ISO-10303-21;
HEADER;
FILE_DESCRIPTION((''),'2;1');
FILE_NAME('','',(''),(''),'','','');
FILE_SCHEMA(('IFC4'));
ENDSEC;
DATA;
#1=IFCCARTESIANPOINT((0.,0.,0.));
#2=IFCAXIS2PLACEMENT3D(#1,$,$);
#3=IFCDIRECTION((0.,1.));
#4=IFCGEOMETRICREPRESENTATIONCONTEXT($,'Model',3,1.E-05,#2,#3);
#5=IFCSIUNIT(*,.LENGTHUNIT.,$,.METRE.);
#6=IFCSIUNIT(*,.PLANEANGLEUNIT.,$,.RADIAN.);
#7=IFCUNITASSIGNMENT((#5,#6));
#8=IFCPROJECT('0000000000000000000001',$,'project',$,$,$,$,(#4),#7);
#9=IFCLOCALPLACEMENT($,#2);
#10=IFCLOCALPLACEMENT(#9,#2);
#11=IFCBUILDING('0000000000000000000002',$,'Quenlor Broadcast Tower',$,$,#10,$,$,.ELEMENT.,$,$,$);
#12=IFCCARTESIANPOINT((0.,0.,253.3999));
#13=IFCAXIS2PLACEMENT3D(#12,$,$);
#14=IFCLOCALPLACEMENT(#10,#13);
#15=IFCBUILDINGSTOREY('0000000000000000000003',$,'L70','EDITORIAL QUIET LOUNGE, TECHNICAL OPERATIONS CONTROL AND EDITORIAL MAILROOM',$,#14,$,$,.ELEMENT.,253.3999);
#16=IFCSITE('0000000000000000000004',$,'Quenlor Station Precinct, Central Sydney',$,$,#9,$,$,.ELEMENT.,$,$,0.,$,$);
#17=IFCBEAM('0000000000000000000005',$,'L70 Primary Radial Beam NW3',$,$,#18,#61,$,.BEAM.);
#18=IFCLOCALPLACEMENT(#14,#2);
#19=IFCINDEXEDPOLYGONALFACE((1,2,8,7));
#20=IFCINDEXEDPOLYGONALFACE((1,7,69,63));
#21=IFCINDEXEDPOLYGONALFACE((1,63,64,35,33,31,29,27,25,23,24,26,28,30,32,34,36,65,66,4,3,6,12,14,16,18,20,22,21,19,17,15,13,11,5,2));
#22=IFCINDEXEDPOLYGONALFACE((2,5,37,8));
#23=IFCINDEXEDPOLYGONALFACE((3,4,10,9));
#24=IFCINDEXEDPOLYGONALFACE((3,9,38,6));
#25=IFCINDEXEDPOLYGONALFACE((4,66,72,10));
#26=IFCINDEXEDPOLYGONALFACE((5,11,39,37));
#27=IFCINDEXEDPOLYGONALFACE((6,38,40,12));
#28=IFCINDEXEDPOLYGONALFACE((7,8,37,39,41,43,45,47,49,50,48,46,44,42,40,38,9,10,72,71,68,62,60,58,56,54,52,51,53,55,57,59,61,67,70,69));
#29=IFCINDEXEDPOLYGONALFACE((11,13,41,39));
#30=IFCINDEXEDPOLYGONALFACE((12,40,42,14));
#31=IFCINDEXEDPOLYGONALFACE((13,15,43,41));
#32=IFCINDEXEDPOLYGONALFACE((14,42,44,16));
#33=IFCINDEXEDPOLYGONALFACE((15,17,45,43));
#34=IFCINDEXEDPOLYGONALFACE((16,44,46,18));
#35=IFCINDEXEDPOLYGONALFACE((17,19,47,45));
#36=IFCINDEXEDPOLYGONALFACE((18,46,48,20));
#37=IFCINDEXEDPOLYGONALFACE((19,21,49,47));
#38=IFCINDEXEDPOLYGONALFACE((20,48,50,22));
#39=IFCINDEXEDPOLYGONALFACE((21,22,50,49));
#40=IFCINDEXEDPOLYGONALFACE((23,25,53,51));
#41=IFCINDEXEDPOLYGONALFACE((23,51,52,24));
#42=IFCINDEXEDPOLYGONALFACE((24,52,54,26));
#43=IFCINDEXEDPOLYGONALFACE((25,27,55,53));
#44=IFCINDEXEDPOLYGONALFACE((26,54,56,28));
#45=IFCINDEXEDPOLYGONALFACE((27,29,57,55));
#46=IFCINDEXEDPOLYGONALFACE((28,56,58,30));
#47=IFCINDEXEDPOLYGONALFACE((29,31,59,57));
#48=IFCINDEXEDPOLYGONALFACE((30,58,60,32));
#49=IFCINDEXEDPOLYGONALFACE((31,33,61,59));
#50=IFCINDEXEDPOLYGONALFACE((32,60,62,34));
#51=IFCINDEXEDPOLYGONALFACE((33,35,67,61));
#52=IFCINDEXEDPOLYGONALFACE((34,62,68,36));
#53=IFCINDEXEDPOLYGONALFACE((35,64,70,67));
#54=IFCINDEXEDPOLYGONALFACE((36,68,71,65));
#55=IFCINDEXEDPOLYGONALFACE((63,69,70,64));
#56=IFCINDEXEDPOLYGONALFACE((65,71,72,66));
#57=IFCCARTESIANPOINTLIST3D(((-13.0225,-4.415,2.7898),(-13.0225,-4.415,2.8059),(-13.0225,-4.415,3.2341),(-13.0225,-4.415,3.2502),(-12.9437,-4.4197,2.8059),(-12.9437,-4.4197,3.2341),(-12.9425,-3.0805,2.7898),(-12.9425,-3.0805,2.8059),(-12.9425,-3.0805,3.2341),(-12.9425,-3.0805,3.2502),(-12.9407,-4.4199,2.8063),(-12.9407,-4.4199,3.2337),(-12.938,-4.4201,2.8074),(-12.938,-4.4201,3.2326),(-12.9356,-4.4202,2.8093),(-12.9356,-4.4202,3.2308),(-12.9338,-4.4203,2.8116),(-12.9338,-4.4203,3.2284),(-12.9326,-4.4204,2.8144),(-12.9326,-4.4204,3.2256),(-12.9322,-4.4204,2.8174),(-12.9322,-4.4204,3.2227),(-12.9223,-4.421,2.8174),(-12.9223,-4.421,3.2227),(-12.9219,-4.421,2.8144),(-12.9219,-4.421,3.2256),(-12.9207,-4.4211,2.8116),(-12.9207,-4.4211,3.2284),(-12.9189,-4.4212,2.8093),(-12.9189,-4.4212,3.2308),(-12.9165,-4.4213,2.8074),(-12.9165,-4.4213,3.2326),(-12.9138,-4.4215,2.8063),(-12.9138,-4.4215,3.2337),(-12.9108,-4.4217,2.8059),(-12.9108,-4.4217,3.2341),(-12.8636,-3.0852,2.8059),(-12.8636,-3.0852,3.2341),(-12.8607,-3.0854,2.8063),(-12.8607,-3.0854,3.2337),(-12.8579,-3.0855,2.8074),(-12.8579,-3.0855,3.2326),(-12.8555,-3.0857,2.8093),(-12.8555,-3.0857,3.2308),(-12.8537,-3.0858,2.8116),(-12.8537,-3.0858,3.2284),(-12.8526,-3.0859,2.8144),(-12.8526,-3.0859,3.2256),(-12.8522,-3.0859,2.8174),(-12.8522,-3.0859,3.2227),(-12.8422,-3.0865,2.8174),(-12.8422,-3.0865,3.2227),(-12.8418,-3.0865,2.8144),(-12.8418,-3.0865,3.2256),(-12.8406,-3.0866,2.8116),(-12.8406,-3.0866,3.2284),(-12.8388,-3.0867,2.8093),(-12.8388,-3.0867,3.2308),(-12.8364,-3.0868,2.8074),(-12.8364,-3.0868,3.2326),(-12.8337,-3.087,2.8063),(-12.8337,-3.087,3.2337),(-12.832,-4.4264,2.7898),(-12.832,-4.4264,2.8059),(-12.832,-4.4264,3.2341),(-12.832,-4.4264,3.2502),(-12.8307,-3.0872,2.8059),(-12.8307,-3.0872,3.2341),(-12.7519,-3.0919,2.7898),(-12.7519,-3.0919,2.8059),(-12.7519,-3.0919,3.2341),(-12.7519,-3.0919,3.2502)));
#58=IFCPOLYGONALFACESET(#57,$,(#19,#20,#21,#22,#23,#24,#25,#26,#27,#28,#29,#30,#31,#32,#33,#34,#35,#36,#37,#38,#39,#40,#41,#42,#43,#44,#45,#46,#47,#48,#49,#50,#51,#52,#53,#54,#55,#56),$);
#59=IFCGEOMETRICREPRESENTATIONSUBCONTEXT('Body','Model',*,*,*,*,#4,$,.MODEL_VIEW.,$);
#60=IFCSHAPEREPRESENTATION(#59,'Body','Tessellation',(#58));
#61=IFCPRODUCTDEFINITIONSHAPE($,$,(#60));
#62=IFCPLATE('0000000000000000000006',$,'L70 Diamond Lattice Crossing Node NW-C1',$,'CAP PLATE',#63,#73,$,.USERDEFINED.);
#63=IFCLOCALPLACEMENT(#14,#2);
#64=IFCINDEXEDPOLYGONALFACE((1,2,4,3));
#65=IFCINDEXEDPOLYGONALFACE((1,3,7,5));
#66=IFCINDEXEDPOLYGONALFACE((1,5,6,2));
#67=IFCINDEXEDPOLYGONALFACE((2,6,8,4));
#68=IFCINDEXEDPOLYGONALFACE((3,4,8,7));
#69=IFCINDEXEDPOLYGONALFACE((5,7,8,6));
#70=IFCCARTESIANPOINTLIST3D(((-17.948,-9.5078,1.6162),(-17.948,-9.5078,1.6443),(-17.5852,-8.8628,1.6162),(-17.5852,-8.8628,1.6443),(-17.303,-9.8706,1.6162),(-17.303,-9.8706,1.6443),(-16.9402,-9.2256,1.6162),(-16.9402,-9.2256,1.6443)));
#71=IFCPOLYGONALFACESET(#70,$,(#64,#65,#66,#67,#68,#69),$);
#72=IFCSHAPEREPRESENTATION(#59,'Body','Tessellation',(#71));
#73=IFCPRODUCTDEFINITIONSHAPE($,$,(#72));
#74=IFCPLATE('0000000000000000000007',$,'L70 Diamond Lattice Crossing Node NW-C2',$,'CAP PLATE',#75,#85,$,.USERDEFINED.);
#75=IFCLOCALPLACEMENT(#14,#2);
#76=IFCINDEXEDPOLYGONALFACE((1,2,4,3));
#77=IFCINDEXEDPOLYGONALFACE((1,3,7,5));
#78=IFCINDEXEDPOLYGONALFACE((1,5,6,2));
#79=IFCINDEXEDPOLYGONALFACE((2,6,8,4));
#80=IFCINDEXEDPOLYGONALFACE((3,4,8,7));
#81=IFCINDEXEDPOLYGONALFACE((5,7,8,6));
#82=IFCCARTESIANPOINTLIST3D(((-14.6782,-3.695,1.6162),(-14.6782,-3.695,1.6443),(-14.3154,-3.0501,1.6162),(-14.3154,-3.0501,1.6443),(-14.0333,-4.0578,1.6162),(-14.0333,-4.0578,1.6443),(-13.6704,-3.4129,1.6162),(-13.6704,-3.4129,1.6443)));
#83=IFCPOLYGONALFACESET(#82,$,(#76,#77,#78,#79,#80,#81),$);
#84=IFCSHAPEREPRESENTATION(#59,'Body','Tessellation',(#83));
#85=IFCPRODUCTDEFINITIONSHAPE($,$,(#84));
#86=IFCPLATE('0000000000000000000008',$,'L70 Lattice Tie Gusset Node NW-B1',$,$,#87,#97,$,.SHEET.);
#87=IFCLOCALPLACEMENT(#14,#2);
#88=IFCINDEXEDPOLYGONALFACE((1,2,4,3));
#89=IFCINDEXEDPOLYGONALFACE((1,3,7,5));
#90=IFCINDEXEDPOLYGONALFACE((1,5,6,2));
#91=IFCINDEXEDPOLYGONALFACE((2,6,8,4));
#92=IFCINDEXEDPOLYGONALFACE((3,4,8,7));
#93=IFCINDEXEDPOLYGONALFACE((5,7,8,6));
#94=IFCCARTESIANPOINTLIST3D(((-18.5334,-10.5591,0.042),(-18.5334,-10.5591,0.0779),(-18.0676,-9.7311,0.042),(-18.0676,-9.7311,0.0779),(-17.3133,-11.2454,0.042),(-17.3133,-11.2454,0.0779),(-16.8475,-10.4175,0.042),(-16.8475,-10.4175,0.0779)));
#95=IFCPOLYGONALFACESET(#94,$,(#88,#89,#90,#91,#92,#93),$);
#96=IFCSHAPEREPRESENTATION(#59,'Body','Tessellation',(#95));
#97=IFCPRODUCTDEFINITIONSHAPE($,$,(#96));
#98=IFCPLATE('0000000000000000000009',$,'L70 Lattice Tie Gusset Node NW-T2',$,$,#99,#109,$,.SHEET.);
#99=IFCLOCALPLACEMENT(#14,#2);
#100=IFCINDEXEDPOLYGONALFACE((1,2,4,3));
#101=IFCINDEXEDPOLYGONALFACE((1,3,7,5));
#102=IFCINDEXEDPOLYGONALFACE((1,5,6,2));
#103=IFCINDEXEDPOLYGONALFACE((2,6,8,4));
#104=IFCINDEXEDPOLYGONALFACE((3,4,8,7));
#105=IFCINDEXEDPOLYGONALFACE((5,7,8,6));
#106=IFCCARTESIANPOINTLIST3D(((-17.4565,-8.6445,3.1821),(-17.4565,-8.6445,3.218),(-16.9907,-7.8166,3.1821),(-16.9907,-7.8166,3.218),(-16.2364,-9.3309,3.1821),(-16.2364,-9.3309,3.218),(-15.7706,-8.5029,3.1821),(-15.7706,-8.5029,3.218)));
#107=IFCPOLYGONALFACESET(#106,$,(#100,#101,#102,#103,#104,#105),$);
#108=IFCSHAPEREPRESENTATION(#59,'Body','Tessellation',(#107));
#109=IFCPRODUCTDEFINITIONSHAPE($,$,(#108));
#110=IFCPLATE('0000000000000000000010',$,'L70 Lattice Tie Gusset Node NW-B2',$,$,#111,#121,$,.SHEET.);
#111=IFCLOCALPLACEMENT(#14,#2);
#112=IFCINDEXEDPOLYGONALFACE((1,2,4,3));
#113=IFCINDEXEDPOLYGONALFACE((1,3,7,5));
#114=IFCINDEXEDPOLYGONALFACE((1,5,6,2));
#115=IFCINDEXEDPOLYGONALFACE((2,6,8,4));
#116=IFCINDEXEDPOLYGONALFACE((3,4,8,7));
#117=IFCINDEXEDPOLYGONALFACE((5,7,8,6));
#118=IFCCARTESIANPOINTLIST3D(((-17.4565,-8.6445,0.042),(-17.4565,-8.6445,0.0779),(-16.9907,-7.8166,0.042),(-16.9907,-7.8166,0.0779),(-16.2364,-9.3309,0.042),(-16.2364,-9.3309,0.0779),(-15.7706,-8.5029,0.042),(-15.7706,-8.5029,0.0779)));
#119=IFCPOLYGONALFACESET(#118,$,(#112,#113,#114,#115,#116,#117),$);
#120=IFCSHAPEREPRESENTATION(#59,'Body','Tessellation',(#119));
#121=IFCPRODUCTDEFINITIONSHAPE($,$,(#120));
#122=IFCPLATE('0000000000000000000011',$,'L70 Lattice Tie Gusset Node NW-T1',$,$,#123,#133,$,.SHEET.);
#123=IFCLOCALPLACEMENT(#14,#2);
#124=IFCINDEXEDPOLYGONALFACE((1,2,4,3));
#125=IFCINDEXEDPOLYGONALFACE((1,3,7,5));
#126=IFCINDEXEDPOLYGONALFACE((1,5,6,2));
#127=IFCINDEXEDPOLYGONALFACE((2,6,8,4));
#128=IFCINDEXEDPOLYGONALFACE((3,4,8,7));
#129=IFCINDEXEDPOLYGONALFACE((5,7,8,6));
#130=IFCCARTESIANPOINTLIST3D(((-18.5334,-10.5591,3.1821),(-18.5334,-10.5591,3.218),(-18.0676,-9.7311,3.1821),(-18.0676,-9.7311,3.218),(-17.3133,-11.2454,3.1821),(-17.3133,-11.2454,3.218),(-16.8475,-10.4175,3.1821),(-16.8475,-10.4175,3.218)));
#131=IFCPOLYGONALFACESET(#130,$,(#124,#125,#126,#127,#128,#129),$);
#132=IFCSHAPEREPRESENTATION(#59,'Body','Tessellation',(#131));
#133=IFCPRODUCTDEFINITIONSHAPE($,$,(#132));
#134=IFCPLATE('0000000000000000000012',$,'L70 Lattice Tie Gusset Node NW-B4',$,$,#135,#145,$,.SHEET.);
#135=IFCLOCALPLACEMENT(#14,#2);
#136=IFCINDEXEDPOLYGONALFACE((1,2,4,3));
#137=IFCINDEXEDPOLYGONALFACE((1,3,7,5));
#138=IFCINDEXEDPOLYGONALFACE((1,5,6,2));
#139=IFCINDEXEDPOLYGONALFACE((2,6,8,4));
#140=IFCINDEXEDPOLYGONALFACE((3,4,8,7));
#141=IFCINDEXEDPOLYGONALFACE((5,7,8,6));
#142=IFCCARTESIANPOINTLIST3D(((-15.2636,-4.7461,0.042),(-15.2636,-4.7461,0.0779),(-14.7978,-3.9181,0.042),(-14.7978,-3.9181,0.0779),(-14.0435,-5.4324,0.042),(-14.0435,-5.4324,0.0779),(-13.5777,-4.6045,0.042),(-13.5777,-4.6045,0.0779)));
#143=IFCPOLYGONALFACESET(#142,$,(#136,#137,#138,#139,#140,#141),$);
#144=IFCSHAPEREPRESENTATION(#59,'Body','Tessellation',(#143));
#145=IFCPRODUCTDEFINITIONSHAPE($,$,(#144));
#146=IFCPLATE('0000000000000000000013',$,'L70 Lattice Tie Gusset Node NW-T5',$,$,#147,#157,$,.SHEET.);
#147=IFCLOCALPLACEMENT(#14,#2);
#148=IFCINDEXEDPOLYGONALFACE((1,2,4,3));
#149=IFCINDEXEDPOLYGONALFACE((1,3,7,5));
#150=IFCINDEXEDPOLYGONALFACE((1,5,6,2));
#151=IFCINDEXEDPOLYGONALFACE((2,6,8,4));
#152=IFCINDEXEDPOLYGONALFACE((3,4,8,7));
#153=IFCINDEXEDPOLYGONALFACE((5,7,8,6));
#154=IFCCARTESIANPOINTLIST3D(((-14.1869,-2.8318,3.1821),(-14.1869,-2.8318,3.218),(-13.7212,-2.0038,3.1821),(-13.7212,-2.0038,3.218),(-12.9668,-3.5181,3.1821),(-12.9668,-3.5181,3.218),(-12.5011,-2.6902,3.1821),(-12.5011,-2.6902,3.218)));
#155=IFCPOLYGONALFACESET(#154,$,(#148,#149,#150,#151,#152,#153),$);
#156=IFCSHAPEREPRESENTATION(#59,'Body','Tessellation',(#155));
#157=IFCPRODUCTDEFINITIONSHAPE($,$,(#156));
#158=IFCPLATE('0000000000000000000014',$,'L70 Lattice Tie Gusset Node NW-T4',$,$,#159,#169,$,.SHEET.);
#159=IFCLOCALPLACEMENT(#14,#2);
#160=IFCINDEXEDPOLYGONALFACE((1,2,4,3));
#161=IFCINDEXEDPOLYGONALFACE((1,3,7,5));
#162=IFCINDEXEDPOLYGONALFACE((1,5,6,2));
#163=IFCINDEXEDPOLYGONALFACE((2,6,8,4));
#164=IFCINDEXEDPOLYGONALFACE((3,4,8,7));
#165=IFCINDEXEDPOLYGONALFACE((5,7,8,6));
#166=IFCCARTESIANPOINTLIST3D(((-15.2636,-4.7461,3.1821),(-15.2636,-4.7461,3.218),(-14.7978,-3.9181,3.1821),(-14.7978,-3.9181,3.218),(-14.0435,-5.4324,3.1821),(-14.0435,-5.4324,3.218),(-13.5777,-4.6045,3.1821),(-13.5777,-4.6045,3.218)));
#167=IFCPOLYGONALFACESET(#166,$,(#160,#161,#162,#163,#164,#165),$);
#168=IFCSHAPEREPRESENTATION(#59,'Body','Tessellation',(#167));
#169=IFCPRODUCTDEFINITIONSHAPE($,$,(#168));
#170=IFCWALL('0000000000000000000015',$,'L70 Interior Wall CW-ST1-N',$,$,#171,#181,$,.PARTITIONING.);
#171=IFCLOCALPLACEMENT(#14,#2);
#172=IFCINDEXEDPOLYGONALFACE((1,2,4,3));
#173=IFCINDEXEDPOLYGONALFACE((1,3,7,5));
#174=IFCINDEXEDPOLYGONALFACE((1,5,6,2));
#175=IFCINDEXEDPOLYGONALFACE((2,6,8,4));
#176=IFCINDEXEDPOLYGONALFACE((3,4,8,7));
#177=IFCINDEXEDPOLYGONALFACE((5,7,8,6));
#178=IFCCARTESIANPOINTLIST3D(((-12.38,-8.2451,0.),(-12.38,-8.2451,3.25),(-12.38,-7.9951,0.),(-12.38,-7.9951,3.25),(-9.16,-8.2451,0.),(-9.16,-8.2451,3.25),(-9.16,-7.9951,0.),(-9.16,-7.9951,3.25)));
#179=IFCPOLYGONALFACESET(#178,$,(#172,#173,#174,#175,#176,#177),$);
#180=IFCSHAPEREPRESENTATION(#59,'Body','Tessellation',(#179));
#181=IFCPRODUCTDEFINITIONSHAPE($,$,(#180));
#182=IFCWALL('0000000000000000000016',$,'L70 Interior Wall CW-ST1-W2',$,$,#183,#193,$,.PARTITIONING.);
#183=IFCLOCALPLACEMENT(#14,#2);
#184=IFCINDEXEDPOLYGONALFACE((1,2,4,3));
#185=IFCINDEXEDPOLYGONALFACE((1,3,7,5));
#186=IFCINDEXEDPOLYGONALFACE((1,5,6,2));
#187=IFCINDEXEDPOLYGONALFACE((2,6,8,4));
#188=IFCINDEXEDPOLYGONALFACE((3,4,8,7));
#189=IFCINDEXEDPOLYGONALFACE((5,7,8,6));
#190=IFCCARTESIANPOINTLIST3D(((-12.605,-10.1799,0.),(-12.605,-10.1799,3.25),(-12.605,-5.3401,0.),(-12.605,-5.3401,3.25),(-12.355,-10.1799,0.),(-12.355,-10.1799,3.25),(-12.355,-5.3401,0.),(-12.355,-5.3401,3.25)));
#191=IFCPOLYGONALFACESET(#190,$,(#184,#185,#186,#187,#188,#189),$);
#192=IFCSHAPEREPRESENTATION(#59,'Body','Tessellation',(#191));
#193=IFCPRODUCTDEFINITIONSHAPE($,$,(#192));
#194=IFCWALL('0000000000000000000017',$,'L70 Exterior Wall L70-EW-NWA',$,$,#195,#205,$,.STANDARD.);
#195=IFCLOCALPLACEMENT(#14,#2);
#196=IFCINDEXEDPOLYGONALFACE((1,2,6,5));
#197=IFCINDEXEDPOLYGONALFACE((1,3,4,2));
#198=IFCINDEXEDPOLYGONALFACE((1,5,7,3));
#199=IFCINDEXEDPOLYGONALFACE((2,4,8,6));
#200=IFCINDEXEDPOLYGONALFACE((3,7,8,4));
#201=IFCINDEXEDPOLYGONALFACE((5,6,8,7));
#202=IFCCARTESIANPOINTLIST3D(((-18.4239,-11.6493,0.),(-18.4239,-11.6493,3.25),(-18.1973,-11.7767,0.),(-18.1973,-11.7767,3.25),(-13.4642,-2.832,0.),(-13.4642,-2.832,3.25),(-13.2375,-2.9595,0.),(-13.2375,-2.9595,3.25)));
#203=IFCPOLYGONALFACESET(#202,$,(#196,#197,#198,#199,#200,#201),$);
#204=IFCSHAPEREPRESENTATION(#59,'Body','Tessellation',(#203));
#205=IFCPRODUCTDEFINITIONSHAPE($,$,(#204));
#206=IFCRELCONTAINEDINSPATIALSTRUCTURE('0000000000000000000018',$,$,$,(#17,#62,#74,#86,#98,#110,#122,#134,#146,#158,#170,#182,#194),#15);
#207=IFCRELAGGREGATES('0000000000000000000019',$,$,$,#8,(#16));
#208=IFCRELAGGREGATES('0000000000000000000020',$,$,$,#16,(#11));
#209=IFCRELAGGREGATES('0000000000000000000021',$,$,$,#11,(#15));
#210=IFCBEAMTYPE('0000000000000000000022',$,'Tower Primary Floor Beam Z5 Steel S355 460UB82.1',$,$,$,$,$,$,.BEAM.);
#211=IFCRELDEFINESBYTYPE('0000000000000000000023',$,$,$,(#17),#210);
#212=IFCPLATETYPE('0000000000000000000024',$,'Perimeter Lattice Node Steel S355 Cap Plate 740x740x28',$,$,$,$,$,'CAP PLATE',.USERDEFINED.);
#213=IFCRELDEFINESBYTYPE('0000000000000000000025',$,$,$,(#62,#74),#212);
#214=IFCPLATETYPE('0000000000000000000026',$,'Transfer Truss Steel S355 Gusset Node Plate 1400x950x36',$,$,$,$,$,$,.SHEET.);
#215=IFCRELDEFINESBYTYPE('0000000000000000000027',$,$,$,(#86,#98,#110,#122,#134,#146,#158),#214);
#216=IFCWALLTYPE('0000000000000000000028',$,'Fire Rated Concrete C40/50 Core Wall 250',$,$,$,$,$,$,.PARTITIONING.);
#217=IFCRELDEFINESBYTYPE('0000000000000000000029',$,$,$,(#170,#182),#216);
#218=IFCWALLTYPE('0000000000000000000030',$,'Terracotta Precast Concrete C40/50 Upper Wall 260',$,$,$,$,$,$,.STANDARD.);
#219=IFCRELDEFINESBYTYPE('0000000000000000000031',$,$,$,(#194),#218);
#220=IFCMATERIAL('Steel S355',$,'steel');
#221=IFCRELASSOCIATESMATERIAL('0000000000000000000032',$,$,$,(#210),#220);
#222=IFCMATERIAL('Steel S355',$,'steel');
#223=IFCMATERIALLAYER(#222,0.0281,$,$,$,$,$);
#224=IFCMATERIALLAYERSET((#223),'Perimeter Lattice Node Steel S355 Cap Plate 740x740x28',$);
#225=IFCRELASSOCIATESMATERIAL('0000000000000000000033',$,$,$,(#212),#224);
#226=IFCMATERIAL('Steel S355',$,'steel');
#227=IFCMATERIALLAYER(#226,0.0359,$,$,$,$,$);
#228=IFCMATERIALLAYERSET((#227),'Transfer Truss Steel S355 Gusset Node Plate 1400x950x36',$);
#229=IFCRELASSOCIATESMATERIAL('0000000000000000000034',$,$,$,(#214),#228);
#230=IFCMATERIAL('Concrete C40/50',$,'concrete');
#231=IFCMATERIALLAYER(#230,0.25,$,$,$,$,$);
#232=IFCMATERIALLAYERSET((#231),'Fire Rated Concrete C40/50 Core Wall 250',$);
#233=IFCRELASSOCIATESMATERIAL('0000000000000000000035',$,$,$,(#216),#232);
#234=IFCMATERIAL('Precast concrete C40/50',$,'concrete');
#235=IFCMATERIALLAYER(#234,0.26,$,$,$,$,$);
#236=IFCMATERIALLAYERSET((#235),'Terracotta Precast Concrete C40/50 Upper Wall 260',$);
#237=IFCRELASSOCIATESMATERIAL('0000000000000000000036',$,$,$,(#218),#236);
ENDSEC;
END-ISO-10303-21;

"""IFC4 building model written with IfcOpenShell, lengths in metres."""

from ifc_helpers import new_model, si_unit, direction, frame, frame_2d, origin, origin_2d, place, context, subcontext, project, spatial, rectangle, i_section, extrude, material, layer, layer_set, material_profile, profile_set, type_object, element, save


model = new_model("IFC4")

# Units and contexts
model_context = context("Model", 3, precision=1e-05, world=origin(), true_north=direction((0.0, 1.0)))
body_context = subcontext(model_context, "Body", "Model", "MODEL_VIEW")
ifc_project = project(units=[si_unit("LENGTHUNIT", "METRE"), si_unit("PLANEANGLEUNIT", "RADIAN")], contexts=[model_context])

# Site, building, storey
site_placement = place(None, origin())
site = spatial("IfcSite", under=ifc_project, at=site_placement, Name="Quenlor Station Precinct, Central Sydney", CompositionType="ELEMENT", RefElevation=0.0)
building_placement = place(site_placement, origin())
building = spatial("IfcBuilding", under=site, at=building_placement, Name="Quenlor Broadcast Tower", CompositionType="ELEMENT")
storey_placement = place(building_placement, frame((0.0, 0.0, 253.3999)))
storey = spatial("IfcBuildingStorey", under=building, at=storey_placement, Name="L70", Description="EDITORIAL QUIET LOUNGE, TECHNICAL OPERATIONS CONTROL AND EDITORIAL MAILROOM", CompositionType="ELEMENT", Elevation=253.3999)

# Beam
ifc_material_1 = material(Name="Steel S355", Category="steel")
ifc_material_profile_1 = material_profile(ifc_material_1, i_section(OverallWidth=0.1909, OverallDepth=0.4604, WebThickness=0.01, FlangeThickness=0.0161, FilletRadius=0.0115, at=origin_2d()))
ifc_profile_set_1 = profile_set([ifc_material_profile_1], Name="Steel S355 460UB82.1")
beam_type_1 = type_object("IfcBeamType", Name="Tower Primary Floor Beam Z5 Steel S355 460UB82.1", PredefinedType="BEAM", material=ifc_profile_set_1)
beam_1_placement = place(storey_placement, frame((-12.8472, -3.0862, 3.02), z_axis=(-0.0599, -0.998204, 0.0), x_axis=(0.998204, -0.0599, 0.0)))
element("IfcBeam", 1, at=beam_1_placement, inside=storey, type_object=beam_type_1, Name="L70 Primary Radial Beam NW3", PredefinedType="BEAM", context=body_context, shape_type="SweptSolid", body=[
    extrude(i_section(OverallWidth=0.1909, OverallDepth=0.4604, WebThickness=0.01, FlangeThickness=0.0161, FilletRadius=0.0115, at=origin_2d()), origin(), (0.0, 0.0, 1.0), 1.3369),
])

# Plates
ifc_material_2 = material(Name="Steel S355", Category="steel")
ifc_layer_1 = layer(ifc_material_2, 0.0281)
ifc_layer_set_1 = layer_set([ifc_layer_1], Name="Perimeter Lattice Node Steel S355 Cap Plate 740x740x28")
plate_type_1 = type_object("IfcPlateType", Name="Perimeter Lattice Node Steel S355 Cap Plate 740x740x28", ElementType="CAP PLATE", PredefinedType="USERDEFINED", material=ifc_layer_set_1)
for number, where, z_axis, x_axis, name in (
    (2, (-17.4441, -9.3667, 1.6162), (0.0, 0.0, 1.0), (0.490295, 0.871556, 0.0), "L70 Diamond Lattice Crossing Node NW-C1"),
    (3, (-14.1743, -3.554, 1.6162), (0.0, 0.0, 1.0), (0.490295, 0.871556, 0.0), "L70 Diamond Lattice Crossing Node NW-C2"),
):
    element("IfcPlate", number, at=place(storey_placement, frame(where, z_axis=z_axis, x_axis=x_axis)), inside=storey, type_object=plate_type_1, Name=name, ObjectType="CAP PLATE", PredefinedType="USERDEFINED", context=body_context, shape_type="SweptSolid", body=[
        extrude(rectangle(XDim=0.74, YDim=0.74, at=origin_2d()), origin(), (0.0, 0.0, 1.0), 0.0281),
    ])
ifc_material_3 = material(Name="Steel S355", Category="steel")
ifc_layer_2 = layer(ifc_material_3, 0.0359)
ifc_layer_set_2 = layer_set([ifc_layer_2], Name="Transfer Truss Steel S355 Gusset Node Plate 1400x950x36")
plate_type_2 = type_object("IfcPlateType", Name="Transfer Truss Steel S355 Gusset Node Plate 1400x950x36", PredefinedType="SHEET", material=ifc_layer_set_2)
for number, where, z_axis, x_axis, name in (
    (4, (-17.6904, -10.4883, 0.042), (0.0, 0.0, 1.0), (-0.871556, 0.490295, 0.0), "L70 Lattice Tie Gusset Node NW-B1"),
    (5, (-16.6135, -8.5737, 3.1821), (0.0, 0.0, 1.0), (-0.871556, 0.490295, 0.0), "L70 Lattice Tie Gusset Node NW-T2"),
    (6, (-16.6135, -8.5737, 0.042), (0.0, 0.0, 1.0), (-0.871556, 0.490295, 0.0), "L70 Lattice Tie Gusset Node NW-B2"),
    (7, (-17.6904, -10.4883, 3.1821), (0.0, 0.0, 1.0), (-0.871556, 0.490295, 0.0), "L70 Lattice Tie Gusset Node NW-T1"),
    (8, (-14.4207, -4.6753, 0.042), (0.0, 0.0, 1.0), (-0.871556, 0.490295, 0.0), "L70 Lattice Tie Gusset Node NW-B4"),
    (9, (-13.344, -2.761, 3.1821), (0.0, 0.0, 1.0), (-0.871556, 0.490295, 0.0), "L70 Lattice Tie Gusset Node NW-T5"),
    (10, (-14.4207, -4.6753, 3.1821), (0.0, 0.0, 1.0), (-0.871556, 0.490295, 0.0), "L70 Lattice Tie Gusset Node NW-T4"),
):
    element("IfcPlate", number, at=place(storey_placement, frame(where, z_axis=z_axis, x_axis=x_axis)), inside=storey, type_object=plate_type_2, Name=name, PredefinedType="SHEET", context=body_context, shape_type="SweptSolid", body=[
        extrude(rectangle(XDim=1.3999, YDim=0.95, at=origin_2d()), origin(), (0.0, 0.0, 1.0), 0.0359),
    ])

# Walls
ifc_material_4 = material(Name="Concrete C40/50", Category="concrete")
ifc_layer_3 = layer(ifc_material_4, 0.25)
ifc_layer_set_3 = layer_set([ifc_layer_3], Name="Fire Rated Concrete C40/50 Core Wall 250")
wall_type_1 = type_object("IfcWallType", Name="Fire Rated Concrete C40/50 Core Wall 250", PredefinedType="PARTITIONING", material=ifc_layer_set_3)
wall_1_placement = place(storey_placement, frame((-12.3799, -8.1201, 0.0), z_axis=(0.0, 0.0, 1.0), x_axis=(1.0, 0.0, 0.0)))
element("IfcWall", 11, at=wall_1_placement, inside=storey, type_object=wall_type_1, Name="L70 Interior Wall CW-ST1-N", PredefinedType="PARTITIONING", context=body_context, shape_type="SweptSolid", body=[
    extrude(rectangle(XDim=3.22, YDim=0.25, at=frame_2d((1.6099, 0.0))), origin(), (0.0, 0.0, 1.0), 3.25),
])
wall_2_placement = place(storey_placement, frame((-12.48, -10.1799, 0.0), z_axis=(0.0, 0.0, 1.0), x_axis=(0.0, 1.0, 0.0)))
element("IfcWall", 12, at=wall_2_placement, inside=storey, type_object=wall_type_1, Name="L70 Interior Wall CW-ST1-W2", PredefinedType="PARTITIONING", context=body_context, shape_type="SweptSolid", body=[
    extrude(rectangle(XDim=4.8398, YDim=0.25, at=frame_2d((2.4199, 0.0))), origin(), (0.0, 0.0, 1.0), 3.25),
])

# Wall
ifc_material_5 = material(Name="Precast concrete C40/50", Category="concrete")
ifc_layer_4 = layer(ifc_material_5, 0.26)
ifc_layer_set_4 = layer_set([ifc_layer_4], Name="Terracotta Precast Concrete C40/50 Upper Wall 260")
wall_type_2 = type_object("IfcWallType", Name="Terracotta Precast Concrete C40/50 Upper Wall 260", PredefinedType="STANDARD", material=ifc_layer_set_4)
wall_3_placement = place(storey_placement, frame((-18.3105, -11.7129, 0.0), z_axis=(0.0, 0.0, 1.0), x_axis=(0.490267, 0.871572, 0.0)))
element("IfcWall", 13, at=wall_3_placement, inside=storey, type_object=wall_type_2, Name="L70 Exterior Wall L70-EW-NWA", PredefinedType="STANDARD", context=body_context, shape_type="SweptSolid", body=[
    extrude(rectangle(XDim=10.1165, YDim=0.26, at=frame_2d((5.0581, 0.0))), origin(), (0.0, 0.0, 1.0), 3.25),
])

save(model, "model.ifc")
